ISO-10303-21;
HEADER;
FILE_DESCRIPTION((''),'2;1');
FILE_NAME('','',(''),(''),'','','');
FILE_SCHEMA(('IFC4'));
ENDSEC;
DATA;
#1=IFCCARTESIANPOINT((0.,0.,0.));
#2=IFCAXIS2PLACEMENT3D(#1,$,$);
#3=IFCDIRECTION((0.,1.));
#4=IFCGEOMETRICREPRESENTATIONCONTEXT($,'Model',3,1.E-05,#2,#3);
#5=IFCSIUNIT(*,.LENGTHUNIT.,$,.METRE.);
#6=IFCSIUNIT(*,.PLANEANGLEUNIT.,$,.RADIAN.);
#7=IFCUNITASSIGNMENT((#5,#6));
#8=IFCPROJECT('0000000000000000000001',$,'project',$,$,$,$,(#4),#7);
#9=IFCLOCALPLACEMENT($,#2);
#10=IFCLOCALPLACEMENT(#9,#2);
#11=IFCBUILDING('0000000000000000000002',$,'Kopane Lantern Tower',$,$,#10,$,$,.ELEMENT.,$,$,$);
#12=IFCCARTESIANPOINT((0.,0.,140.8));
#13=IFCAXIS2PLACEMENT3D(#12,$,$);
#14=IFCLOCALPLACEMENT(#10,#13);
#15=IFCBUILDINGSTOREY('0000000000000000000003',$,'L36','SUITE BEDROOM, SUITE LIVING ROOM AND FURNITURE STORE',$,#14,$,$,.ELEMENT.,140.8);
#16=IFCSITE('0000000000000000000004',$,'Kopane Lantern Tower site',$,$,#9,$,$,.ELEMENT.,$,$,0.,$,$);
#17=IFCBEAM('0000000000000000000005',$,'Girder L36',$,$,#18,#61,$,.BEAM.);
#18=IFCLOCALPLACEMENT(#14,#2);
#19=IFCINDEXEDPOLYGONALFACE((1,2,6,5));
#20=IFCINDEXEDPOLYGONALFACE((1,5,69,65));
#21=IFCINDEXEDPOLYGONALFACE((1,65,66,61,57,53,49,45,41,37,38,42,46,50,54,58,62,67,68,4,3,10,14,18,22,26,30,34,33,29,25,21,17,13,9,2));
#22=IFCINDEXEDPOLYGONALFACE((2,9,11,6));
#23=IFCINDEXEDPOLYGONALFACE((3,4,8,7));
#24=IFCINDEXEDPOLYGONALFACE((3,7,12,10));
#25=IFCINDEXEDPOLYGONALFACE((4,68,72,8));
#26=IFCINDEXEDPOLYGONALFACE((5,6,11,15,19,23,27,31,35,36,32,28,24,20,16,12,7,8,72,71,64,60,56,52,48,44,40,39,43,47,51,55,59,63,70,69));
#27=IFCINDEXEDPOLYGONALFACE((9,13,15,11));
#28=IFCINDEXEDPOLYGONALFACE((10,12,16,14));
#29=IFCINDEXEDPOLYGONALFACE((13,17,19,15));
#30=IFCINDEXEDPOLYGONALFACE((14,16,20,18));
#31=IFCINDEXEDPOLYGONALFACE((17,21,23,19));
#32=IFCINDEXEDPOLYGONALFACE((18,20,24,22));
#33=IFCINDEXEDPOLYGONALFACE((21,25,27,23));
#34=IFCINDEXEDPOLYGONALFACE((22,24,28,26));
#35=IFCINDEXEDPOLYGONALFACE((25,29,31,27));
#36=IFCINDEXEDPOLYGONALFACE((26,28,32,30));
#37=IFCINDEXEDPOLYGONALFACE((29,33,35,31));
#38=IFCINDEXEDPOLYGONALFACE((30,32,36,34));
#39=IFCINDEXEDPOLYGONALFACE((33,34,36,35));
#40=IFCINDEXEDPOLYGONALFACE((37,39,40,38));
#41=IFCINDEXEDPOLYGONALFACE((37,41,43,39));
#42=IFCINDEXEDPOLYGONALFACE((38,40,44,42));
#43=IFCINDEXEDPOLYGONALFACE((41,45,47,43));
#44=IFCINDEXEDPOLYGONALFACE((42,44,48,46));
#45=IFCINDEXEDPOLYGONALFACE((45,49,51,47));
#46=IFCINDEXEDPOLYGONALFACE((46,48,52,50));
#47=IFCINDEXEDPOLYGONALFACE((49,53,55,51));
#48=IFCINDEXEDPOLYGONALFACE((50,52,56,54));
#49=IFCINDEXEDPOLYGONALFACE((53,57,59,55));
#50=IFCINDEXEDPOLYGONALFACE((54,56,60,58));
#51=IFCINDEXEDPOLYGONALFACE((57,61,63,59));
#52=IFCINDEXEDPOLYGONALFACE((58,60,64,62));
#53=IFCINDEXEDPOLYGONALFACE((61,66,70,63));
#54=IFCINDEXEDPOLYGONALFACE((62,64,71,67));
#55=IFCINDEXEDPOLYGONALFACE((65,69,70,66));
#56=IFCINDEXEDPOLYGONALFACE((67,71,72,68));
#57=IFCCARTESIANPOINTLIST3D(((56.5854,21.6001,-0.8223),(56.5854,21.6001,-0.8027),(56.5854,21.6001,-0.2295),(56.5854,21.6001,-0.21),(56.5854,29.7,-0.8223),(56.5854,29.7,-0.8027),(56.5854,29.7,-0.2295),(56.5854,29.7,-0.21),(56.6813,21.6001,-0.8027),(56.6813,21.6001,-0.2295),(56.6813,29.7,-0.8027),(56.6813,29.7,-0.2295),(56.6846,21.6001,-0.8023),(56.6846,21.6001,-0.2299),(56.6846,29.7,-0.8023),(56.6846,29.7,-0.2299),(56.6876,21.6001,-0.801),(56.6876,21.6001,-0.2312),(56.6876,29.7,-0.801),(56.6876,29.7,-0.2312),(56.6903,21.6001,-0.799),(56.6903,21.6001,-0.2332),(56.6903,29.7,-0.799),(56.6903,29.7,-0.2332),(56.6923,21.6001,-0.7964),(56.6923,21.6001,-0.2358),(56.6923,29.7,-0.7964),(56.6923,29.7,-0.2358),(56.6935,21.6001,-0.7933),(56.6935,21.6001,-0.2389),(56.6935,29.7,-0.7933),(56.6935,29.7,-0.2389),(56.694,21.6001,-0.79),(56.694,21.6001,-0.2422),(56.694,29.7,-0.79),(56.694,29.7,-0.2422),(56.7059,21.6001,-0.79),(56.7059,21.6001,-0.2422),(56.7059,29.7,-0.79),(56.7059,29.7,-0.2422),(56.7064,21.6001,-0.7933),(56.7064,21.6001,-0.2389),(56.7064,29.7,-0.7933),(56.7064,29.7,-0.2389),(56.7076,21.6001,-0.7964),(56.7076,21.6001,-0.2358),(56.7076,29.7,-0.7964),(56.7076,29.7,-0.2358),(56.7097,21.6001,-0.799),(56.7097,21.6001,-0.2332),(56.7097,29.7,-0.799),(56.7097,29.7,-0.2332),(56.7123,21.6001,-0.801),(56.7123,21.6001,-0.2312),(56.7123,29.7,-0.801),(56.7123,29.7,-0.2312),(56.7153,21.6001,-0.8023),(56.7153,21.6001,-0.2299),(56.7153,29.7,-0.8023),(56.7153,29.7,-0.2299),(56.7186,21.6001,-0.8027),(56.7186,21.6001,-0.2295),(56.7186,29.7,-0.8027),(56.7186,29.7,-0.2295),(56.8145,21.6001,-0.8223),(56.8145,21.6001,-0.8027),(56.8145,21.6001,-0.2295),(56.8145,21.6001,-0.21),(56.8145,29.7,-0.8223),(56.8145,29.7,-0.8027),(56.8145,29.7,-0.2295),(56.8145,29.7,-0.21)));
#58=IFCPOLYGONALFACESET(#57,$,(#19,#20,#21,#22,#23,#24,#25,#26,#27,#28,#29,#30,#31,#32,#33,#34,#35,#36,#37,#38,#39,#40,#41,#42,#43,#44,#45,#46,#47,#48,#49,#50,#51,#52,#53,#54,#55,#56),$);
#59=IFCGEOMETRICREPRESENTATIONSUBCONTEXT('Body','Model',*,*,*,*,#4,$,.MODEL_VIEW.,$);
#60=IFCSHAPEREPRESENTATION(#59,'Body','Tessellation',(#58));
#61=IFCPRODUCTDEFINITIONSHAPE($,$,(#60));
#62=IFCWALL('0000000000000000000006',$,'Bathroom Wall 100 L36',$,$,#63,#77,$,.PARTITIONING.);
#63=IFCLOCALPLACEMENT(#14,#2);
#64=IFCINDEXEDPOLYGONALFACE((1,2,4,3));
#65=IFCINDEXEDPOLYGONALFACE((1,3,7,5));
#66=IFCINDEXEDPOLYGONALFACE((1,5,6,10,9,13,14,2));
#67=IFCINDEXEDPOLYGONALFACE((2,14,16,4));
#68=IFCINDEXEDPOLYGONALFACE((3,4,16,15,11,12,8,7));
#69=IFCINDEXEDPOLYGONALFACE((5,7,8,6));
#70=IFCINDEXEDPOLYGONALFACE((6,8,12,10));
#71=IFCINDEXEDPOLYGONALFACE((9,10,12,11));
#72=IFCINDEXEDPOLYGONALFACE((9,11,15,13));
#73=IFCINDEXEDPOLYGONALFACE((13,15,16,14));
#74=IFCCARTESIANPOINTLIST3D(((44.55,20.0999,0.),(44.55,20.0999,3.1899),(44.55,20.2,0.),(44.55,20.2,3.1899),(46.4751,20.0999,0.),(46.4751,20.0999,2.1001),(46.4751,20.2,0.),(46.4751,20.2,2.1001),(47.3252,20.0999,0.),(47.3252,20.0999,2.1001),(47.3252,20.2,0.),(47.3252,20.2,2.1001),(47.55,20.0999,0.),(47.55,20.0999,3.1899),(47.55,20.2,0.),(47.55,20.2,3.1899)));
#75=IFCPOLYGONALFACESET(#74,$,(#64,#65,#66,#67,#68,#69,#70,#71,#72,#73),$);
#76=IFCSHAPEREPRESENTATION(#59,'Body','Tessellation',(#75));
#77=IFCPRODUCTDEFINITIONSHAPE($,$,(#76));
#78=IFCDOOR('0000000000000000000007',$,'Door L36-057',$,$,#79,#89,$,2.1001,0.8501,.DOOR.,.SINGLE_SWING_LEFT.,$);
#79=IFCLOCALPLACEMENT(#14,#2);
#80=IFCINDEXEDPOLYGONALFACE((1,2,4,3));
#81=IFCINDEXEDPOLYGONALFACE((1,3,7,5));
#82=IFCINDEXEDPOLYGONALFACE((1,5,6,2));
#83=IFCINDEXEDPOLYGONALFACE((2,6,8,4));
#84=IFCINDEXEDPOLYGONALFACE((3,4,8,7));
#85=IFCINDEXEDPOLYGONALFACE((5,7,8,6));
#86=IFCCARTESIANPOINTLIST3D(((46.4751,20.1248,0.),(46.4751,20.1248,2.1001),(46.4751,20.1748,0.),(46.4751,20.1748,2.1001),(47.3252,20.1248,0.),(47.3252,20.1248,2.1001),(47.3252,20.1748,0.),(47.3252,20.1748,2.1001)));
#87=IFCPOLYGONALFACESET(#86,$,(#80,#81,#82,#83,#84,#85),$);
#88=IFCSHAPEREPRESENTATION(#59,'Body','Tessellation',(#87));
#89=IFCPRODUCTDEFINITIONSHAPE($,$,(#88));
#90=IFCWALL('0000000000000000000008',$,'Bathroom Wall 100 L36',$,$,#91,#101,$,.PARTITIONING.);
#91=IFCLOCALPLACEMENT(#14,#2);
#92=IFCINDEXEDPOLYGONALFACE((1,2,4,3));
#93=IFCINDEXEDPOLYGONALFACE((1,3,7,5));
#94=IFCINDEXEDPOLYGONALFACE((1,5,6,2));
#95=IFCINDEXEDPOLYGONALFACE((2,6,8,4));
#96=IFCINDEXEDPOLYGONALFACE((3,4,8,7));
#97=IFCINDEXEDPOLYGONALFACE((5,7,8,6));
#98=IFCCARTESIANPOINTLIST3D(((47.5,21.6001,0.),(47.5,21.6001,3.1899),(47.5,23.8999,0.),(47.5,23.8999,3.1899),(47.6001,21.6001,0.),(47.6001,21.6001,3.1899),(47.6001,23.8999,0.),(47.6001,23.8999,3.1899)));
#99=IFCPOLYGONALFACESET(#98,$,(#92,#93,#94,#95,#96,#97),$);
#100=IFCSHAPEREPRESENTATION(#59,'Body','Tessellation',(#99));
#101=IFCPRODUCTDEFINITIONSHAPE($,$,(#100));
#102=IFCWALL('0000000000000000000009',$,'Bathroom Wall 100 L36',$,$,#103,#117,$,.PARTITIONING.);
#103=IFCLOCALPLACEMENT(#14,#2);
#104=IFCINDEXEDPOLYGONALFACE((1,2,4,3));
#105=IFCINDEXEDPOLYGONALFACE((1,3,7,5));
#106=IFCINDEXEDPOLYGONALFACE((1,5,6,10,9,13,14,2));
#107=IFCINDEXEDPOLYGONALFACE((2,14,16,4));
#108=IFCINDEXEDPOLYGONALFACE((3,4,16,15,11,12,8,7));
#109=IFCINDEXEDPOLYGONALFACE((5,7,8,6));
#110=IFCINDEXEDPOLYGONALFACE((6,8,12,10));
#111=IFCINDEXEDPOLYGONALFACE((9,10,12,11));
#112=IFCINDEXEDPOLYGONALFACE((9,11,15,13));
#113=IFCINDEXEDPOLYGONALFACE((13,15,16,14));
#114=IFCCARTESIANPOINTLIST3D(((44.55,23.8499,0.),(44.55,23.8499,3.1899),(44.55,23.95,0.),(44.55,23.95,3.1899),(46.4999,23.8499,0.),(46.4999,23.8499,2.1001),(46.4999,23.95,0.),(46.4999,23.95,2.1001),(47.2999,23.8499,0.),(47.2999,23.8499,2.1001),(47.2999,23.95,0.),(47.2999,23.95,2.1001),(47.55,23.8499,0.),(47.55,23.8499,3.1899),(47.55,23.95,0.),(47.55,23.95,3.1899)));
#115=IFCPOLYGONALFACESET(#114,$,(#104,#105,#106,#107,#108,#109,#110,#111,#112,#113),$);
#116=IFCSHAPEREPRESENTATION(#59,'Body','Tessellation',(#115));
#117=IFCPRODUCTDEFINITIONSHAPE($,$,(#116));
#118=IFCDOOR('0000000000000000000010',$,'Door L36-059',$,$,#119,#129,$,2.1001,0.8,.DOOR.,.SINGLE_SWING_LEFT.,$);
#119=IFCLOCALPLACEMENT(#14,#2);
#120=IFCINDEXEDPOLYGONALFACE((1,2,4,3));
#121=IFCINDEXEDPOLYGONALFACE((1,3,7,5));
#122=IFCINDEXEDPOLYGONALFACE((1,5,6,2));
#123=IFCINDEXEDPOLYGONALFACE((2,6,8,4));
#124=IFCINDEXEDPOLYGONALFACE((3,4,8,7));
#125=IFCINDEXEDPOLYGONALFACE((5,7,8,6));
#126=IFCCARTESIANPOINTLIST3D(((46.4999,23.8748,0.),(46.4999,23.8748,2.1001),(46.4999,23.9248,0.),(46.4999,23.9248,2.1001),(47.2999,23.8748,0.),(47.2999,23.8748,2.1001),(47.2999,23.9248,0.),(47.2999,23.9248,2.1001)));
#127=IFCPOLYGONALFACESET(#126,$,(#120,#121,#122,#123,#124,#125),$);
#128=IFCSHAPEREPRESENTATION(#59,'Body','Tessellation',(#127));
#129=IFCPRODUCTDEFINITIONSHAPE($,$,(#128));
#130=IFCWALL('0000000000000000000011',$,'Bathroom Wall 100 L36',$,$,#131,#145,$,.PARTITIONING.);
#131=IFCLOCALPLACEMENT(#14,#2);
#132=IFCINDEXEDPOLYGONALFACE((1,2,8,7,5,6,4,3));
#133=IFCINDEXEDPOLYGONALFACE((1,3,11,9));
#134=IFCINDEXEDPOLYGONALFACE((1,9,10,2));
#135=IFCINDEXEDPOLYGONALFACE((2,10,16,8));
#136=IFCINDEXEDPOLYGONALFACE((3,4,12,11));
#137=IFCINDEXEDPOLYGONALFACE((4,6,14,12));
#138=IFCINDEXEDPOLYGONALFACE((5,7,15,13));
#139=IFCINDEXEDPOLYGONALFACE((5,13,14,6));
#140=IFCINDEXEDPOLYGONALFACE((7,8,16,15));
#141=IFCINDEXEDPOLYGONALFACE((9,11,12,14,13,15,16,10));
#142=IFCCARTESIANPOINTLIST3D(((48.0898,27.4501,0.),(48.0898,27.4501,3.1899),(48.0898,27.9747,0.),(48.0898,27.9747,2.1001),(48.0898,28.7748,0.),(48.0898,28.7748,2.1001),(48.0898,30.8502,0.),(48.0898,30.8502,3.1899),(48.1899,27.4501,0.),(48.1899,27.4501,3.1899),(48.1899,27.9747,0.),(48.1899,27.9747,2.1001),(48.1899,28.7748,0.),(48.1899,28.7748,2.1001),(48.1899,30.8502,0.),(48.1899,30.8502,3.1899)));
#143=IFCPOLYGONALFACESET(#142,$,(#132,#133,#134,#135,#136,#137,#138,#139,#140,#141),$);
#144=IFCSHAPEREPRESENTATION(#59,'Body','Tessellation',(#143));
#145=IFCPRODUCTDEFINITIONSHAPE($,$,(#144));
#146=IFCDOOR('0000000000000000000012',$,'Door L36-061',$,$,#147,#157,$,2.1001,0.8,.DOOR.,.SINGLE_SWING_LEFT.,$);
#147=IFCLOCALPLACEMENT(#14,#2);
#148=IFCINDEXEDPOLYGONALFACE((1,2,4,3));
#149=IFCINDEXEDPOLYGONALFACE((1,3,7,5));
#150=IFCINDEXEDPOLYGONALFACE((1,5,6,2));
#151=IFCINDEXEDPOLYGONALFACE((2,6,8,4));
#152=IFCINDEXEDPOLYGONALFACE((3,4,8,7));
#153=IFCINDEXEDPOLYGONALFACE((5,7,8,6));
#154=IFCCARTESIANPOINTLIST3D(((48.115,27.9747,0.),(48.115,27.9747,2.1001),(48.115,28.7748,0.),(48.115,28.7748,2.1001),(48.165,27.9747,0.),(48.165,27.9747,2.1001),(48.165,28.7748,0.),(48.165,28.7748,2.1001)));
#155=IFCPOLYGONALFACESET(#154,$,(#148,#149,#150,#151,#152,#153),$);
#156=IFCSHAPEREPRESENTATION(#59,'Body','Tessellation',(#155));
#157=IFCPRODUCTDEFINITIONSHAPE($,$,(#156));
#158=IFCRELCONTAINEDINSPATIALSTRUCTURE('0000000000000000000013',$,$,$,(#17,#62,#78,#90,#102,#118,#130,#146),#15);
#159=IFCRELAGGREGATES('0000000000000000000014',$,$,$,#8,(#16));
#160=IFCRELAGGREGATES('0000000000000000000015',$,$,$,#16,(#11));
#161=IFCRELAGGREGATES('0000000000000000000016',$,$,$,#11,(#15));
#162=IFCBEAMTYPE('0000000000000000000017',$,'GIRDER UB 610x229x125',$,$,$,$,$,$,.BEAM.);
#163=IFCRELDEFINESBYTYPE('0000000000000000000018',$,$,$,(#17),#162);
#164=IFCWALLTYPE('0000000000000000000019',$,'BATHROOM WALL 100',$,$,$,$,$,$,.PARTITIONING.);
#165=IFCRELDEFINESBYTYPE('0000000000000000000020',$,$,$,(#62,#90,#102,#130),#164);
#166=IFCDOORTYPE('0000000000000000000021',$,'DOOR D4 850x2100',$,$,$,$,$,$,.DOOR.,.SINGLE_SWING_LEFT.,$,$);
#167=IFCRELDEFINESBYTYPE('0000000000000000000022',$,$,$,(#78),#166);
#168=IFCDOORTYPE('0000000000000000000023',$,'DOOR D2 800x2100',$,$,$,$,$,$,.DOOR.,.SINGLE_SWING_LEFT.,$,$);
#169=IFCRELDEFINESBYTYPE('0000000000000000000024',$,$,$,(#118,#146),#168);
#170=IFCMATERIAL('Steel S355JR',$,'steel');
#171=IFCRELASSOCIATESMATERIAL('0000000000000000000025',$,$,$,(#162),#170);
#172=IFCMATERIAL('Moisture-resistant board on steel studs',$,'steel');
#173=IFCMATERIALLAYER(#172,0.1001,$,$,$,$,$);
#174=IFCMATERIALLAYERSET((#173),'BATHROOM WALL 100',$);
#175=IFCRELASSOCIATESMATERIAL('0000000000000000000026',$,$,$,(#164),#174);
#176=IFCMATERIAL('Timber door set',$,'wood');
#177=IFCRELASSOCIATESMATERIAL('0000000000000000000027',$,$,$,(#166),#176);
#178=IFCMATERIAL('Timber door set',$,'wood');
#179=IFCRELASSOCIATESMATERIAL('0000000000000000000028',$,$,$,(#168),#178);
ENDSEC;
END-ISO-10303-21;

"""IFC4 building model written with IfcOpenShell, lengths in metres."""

from ifc_helpers import new_model, si_unit, direction, frame, frame_2d, origin, origin_2d, place, context, subcontext, project, spatial, rectangle, i_section, extrude, material, layer, layer_set, material_profile, profile_set, type_object, element, fill, save


model = new_model("IFC4")

# Units and contexts
model_context = context("Model", 3, precision=1e-05, world=origin(), true_north=direction((0.0, 1.0)))
body_context = subcontext(model_context, "Body", "Model", "MODEL_VIEW")
ifc_project = project(units=[si_unit("LENGTHUNIT", "METRE"), si_unit("PLANEANGLEUNIT", "RADIAN")], contexts=[model_context])

# Site, building, storey
site_placement = place(None, origin())
site = spatial("IfcSite", under=ifc_project, at=site_placement, Name="Kopane Lantern Tower site", CompositionType="ELEMENT", RefElevation=0.0)
building_placement = place(site_placement, origin())
building = spatial("IfcBuilding", under=site, at=building_placement, Name="Kopane Lantern Tower", CompositionType="ELEMENT")
storey_placement = place(building_placement, frame((0.0, 0.0, 140.8)))
storey = spatial("IfcBuildingStorey", under=building, at=storey_placement, Name="L36", Description="SUITE BEDROOM, SUITE LIVING ROOM AND FURNITURE STORE", CompositionType="ELEMENT", Elevation=140.8)

# Beam
ifc_material_1 = material(Name="Steel S355JR", Category="steel")
ifc_material_profile_1 = material_profile(ifc_material_1, i_section(OverallWidth=0.229, OverallDepth=0.6123, WebThickness=0.012, FlangeThickness=0.0195, FilletRadius=0.0127, at=origin_2d()), Name="UB 610x229x125")
ifc_profile_set_1 = profile_set([ifc_material_profile_1], Name="Steel S355JR")
beam_type_1 = type_object("IfcBeamType", Name="GIRDER UB 610x229x125", PredefinedType="BEAM", material=ifc_profile_set_1)
for number, where, z_axis, x_axis, name in (
    (1, (56.7, 21.6001, -0.5161), (0.0, 1.0, 0.0), (-1.0, 0.0, 0.0), "Girder L36"),
):
    element("IfcBeam", number, at=place(storey_placement, frame(where, z_axis=z_axis, x_axis=x_axis)), inside=storey, type_object=beam_type_1, Name=name, PredefinedType="BEAM", context=body_context, shape_type="SweptSolid", body=[
        extrude(i_section(OverallWidth=0.229, OverallDepth=0.6123, WebThickness=0.012, FlangeThickness=0.0195, FilletRadius=0.0127, at=origin_2d()), origin(), (0.0, 0.0, 1.0), 8.0999),
    ])

# Wall, opening, door
ifc_material_2 = material(Name="Moisture-resistant board on steel studs", Category="steel")
ifc_layer_1 = layer(ifc_material_2, 0.1001)
ifc_layer_set_1 = layer_set([ifc_layer_1], Name="BATHROOM WALL 100")
wall_type_1 = type_object("IfcWallType", Name="BATHROOM WALL 100", PredefinedType="PARTITIONING", material=ifc_layer_set_1)
wall_1_placement = place(storey_placement, frame((44.55, 20.1499, 0.0), z_axis=(0.0, 0.0, 1.0), x_axis=(1.0, 0.0, 0.0)))
wall_1 = element("IfcWall", 2, at=wall_1_placement, inside=storey, type_object=wall_type_1, Name="Bathroom Wall 100 L36", PredefinedType="PARTITIONING", context=body_context, shape_type="SweptSolid", body=[
    extrude(rectangle(XDim=3.0, YDim=0.1001, at=frame_2d((1.5, 0.0))), origin(), (0.0, 0.0, 1.0), 3.1899),
])
opening_1_placement = place(wall_1_placement, frame((1.925, 0.0, 0.0)))
opening_1 = element("IfcOpeningElement", 3, at=opening_1_placement, cuts=wall_1, PredefinedType="OPENING", context=body_context, shape_type="SweptSolid", body=[
    extrude(rectangle(XDim=0.8501, YDim=2.1001, at=frame_2d((0.425, 1.05))), frame((0.0, 0.0601, 0.0), z_axis=(0.0, -1.0, 0.0), x_axis=(1.0, 0.0, 0.0)), (0.0, 0.0, 1.0), 0.1201),
])
ifc_material_3 = material(Name="Timber door set", Category="wood")
door_type_1 = type_object("IfcDoorType", Name="DOOR D4 850x2100", OperationType="SINGLE_SWING_LEFT", PredefinedType="DOOR", material=ifc_material_3)
door_1_placement = place(opening_1_placement, origin())
door_1 = element("IfcDoor", 4, at=door_1_placement, inside=storey, type_object=door_type_1, Name="Door L36-057", OperationType="SINGLE_SWING_LEFT", OverallHeight=2.1001, OverallWidth=0.8501, PredefinedType="DOOR", context=body_context, shape_type="SweptSolid", body=[
    extrude(rectangle(XDim=0.8501, YDim=2.1001, at=frame_2d((0.425, 1.05))), frame((0.0, 0.0249, 0.0), z_axis=(0.0, -1.0, 0.0), x_axis=(1.0, 0.0, 0.0)), (0.0, 0.0, 1.0), 0.05),
])
fill(opening_1, door_1)

# Wall
wall_2_placement = place(storey_placement, frame((47.55, 21.6001, 0.0), z_axis=(0.0, 0.0, 1.0), x_axis=(0.0, 1.0, 0.0)))
element("IfcWall", 5, at=wall_2_placement, inside=storey, type_object=wall_type_1, Name="Bathroom Wall 100 L36", PredefinedType="PARTITIONING", context=body_context, shape_type="SweptSolid", body=[
    extrude(rectangle(XDim=2.2998, YDim=0.1001, at=frame_2d((1.1499, 0.0))), origin(), (0.0, 0.0, 1.0), 3.1899),
])

# Walls, openings, doors
wall_3_placement = place(storey_placement, frame((44.55, 23.8999, 0.0), z_axis=(0.0, 0.0, 1.0), x_axis=(1.0, 0.0, 0.0)))
wall_3 = element("IfcWall", 6, at=wall_3_placement, inside=storey, type_object=wall_type_1, Name="Bathroom Wall 100 L36", PredefinedType="PARTITIONING", context=body_context, shape_type="SweptSolid", body=[
    extrude(rectangle(XDim=3.0, YDim=0.1001, at=frame_2d((1.5, 0.0))), origin(), (0.0, 0.0, 1.0), 3.1899),
])
opening_2_placement = place(wall_3_placement, frame((1.95, 0.0, 0.0)))
opening_2 = element("IfcOpeningElement", 7, at=opening_2_placement, cuts=wall_3, PredefinedType="OPENING", context=body_context, shape_type="SweptSolid", body=[
    extrude(rectangle(XDim=0.8, YDim=2.1001, at=frame_2d((0.3999, 1.05))), frame((0.0, 0.0601, 0.0), z_axis=(0.0, -1.0, 0.0), x_axis=(1.0, 0.0, 0.0)), (0.0, 0.0, 1.0), 0.1201),
])
ifc_material_4 = material(Name="Timber door set", Category="wood")
door_type_2 = type_object("IfcDoorType", Name="DOOR D2 800x2100", OperationType="SINGLE_SWING_LEFT", PredefinedType="DOOR", material=ifc_material_4)
door_2_placement = place(opening_2_placement, origin())
door_2 = element("IfcDoor", 8, at=door_2_placement, inside=storey, type_object=door_type_2, Name="Door L36-059", OperationType="SINGLE_SWING_LEFT", OverallHeight=2.1001, OverallWidth=0.8, PredefinedType="DOOR", context=body_context, shape_type="SweptSolid", body=[
    extrude(rectangle(XDim=0.8, YDim=2.1001, at=frame_2d((0.3999, 1.05))), frame((0.0, 0.0249, 0.0), z_axis=(0.0, -1.0, 0.0), x_axis=(1.0, 0.0, 0.0)), (0.0, 0.0, 1.0), 0.05),
])
fill(opening_2, door_2)
wall_4_placement = place(storey_placement, frame((48.1399, 27.45, 0.0), z_axis=(0.0, 0.0, 1.0), x_axis=(0.0, 1.0, 0.0)))
wall_4 = element("IfcWall", 9, at=wall_4_placement, inside=storey, type_object=wall_type_1, Name="Bathroom Wall 100 L36", PredefinedType="PARTITIONING", context=body_context, shape_type="SweptSolid", body=[
    extrude(rectangle(XDim=3.4001, YDim=0.1001, at=frame_2d((1.7002, 0.0))), origin(), (0.0, 0.0, 1.0), 3.1899),
])
opening_3_placement = place(wall_4_placement, frame((0.5249, 0.0, 0.0)))
opening_3 = element("IfcOpeningElement", 10, at=opening_3_placement, cuts=wall_4, PredefinedType="OPENING", context=body_context, shape_type="SweptSolid", body=[
    extrude(rectangle(XDim=0.8, YDim=2.1001, at=frame_2d((0.3999, 1.05))), frame((0.0, 0.0601, 0.0), z_axis=(0.0, -1.0, 0.0), x_axis=(1.0, 0.0, 0.0)), (0.0, 0.0, 1.0), 0.1201),
])
door_3_placement = place(opening_3_placement, origin())
door_3 = element("IfcDoor", 11, at=door_3_placement, inside=storey, type_object=door_type_2, Name="Door L36-061", OperationType="SINGLE_SWING_LEFT", OverallHeight=2.1001, OverallWidth=0.8, PredefinedType="DOOR", context=body_context, shape_type="SweptSolid", body=[
    extrude(rectangle(XDim=0.8, YDim=2.1001, at=frame_2d((0.3999, 1.05))), frame((0.0, 0.0249, 0.0), z_axis=(0.0, -1.0, 0.0), x_axis=(1.0, 0.0, 0.0)), (0.0, 0.0, 1.0), 0.05),
])
fill(opening_3, door_3)

save(model, "model.ifc")
